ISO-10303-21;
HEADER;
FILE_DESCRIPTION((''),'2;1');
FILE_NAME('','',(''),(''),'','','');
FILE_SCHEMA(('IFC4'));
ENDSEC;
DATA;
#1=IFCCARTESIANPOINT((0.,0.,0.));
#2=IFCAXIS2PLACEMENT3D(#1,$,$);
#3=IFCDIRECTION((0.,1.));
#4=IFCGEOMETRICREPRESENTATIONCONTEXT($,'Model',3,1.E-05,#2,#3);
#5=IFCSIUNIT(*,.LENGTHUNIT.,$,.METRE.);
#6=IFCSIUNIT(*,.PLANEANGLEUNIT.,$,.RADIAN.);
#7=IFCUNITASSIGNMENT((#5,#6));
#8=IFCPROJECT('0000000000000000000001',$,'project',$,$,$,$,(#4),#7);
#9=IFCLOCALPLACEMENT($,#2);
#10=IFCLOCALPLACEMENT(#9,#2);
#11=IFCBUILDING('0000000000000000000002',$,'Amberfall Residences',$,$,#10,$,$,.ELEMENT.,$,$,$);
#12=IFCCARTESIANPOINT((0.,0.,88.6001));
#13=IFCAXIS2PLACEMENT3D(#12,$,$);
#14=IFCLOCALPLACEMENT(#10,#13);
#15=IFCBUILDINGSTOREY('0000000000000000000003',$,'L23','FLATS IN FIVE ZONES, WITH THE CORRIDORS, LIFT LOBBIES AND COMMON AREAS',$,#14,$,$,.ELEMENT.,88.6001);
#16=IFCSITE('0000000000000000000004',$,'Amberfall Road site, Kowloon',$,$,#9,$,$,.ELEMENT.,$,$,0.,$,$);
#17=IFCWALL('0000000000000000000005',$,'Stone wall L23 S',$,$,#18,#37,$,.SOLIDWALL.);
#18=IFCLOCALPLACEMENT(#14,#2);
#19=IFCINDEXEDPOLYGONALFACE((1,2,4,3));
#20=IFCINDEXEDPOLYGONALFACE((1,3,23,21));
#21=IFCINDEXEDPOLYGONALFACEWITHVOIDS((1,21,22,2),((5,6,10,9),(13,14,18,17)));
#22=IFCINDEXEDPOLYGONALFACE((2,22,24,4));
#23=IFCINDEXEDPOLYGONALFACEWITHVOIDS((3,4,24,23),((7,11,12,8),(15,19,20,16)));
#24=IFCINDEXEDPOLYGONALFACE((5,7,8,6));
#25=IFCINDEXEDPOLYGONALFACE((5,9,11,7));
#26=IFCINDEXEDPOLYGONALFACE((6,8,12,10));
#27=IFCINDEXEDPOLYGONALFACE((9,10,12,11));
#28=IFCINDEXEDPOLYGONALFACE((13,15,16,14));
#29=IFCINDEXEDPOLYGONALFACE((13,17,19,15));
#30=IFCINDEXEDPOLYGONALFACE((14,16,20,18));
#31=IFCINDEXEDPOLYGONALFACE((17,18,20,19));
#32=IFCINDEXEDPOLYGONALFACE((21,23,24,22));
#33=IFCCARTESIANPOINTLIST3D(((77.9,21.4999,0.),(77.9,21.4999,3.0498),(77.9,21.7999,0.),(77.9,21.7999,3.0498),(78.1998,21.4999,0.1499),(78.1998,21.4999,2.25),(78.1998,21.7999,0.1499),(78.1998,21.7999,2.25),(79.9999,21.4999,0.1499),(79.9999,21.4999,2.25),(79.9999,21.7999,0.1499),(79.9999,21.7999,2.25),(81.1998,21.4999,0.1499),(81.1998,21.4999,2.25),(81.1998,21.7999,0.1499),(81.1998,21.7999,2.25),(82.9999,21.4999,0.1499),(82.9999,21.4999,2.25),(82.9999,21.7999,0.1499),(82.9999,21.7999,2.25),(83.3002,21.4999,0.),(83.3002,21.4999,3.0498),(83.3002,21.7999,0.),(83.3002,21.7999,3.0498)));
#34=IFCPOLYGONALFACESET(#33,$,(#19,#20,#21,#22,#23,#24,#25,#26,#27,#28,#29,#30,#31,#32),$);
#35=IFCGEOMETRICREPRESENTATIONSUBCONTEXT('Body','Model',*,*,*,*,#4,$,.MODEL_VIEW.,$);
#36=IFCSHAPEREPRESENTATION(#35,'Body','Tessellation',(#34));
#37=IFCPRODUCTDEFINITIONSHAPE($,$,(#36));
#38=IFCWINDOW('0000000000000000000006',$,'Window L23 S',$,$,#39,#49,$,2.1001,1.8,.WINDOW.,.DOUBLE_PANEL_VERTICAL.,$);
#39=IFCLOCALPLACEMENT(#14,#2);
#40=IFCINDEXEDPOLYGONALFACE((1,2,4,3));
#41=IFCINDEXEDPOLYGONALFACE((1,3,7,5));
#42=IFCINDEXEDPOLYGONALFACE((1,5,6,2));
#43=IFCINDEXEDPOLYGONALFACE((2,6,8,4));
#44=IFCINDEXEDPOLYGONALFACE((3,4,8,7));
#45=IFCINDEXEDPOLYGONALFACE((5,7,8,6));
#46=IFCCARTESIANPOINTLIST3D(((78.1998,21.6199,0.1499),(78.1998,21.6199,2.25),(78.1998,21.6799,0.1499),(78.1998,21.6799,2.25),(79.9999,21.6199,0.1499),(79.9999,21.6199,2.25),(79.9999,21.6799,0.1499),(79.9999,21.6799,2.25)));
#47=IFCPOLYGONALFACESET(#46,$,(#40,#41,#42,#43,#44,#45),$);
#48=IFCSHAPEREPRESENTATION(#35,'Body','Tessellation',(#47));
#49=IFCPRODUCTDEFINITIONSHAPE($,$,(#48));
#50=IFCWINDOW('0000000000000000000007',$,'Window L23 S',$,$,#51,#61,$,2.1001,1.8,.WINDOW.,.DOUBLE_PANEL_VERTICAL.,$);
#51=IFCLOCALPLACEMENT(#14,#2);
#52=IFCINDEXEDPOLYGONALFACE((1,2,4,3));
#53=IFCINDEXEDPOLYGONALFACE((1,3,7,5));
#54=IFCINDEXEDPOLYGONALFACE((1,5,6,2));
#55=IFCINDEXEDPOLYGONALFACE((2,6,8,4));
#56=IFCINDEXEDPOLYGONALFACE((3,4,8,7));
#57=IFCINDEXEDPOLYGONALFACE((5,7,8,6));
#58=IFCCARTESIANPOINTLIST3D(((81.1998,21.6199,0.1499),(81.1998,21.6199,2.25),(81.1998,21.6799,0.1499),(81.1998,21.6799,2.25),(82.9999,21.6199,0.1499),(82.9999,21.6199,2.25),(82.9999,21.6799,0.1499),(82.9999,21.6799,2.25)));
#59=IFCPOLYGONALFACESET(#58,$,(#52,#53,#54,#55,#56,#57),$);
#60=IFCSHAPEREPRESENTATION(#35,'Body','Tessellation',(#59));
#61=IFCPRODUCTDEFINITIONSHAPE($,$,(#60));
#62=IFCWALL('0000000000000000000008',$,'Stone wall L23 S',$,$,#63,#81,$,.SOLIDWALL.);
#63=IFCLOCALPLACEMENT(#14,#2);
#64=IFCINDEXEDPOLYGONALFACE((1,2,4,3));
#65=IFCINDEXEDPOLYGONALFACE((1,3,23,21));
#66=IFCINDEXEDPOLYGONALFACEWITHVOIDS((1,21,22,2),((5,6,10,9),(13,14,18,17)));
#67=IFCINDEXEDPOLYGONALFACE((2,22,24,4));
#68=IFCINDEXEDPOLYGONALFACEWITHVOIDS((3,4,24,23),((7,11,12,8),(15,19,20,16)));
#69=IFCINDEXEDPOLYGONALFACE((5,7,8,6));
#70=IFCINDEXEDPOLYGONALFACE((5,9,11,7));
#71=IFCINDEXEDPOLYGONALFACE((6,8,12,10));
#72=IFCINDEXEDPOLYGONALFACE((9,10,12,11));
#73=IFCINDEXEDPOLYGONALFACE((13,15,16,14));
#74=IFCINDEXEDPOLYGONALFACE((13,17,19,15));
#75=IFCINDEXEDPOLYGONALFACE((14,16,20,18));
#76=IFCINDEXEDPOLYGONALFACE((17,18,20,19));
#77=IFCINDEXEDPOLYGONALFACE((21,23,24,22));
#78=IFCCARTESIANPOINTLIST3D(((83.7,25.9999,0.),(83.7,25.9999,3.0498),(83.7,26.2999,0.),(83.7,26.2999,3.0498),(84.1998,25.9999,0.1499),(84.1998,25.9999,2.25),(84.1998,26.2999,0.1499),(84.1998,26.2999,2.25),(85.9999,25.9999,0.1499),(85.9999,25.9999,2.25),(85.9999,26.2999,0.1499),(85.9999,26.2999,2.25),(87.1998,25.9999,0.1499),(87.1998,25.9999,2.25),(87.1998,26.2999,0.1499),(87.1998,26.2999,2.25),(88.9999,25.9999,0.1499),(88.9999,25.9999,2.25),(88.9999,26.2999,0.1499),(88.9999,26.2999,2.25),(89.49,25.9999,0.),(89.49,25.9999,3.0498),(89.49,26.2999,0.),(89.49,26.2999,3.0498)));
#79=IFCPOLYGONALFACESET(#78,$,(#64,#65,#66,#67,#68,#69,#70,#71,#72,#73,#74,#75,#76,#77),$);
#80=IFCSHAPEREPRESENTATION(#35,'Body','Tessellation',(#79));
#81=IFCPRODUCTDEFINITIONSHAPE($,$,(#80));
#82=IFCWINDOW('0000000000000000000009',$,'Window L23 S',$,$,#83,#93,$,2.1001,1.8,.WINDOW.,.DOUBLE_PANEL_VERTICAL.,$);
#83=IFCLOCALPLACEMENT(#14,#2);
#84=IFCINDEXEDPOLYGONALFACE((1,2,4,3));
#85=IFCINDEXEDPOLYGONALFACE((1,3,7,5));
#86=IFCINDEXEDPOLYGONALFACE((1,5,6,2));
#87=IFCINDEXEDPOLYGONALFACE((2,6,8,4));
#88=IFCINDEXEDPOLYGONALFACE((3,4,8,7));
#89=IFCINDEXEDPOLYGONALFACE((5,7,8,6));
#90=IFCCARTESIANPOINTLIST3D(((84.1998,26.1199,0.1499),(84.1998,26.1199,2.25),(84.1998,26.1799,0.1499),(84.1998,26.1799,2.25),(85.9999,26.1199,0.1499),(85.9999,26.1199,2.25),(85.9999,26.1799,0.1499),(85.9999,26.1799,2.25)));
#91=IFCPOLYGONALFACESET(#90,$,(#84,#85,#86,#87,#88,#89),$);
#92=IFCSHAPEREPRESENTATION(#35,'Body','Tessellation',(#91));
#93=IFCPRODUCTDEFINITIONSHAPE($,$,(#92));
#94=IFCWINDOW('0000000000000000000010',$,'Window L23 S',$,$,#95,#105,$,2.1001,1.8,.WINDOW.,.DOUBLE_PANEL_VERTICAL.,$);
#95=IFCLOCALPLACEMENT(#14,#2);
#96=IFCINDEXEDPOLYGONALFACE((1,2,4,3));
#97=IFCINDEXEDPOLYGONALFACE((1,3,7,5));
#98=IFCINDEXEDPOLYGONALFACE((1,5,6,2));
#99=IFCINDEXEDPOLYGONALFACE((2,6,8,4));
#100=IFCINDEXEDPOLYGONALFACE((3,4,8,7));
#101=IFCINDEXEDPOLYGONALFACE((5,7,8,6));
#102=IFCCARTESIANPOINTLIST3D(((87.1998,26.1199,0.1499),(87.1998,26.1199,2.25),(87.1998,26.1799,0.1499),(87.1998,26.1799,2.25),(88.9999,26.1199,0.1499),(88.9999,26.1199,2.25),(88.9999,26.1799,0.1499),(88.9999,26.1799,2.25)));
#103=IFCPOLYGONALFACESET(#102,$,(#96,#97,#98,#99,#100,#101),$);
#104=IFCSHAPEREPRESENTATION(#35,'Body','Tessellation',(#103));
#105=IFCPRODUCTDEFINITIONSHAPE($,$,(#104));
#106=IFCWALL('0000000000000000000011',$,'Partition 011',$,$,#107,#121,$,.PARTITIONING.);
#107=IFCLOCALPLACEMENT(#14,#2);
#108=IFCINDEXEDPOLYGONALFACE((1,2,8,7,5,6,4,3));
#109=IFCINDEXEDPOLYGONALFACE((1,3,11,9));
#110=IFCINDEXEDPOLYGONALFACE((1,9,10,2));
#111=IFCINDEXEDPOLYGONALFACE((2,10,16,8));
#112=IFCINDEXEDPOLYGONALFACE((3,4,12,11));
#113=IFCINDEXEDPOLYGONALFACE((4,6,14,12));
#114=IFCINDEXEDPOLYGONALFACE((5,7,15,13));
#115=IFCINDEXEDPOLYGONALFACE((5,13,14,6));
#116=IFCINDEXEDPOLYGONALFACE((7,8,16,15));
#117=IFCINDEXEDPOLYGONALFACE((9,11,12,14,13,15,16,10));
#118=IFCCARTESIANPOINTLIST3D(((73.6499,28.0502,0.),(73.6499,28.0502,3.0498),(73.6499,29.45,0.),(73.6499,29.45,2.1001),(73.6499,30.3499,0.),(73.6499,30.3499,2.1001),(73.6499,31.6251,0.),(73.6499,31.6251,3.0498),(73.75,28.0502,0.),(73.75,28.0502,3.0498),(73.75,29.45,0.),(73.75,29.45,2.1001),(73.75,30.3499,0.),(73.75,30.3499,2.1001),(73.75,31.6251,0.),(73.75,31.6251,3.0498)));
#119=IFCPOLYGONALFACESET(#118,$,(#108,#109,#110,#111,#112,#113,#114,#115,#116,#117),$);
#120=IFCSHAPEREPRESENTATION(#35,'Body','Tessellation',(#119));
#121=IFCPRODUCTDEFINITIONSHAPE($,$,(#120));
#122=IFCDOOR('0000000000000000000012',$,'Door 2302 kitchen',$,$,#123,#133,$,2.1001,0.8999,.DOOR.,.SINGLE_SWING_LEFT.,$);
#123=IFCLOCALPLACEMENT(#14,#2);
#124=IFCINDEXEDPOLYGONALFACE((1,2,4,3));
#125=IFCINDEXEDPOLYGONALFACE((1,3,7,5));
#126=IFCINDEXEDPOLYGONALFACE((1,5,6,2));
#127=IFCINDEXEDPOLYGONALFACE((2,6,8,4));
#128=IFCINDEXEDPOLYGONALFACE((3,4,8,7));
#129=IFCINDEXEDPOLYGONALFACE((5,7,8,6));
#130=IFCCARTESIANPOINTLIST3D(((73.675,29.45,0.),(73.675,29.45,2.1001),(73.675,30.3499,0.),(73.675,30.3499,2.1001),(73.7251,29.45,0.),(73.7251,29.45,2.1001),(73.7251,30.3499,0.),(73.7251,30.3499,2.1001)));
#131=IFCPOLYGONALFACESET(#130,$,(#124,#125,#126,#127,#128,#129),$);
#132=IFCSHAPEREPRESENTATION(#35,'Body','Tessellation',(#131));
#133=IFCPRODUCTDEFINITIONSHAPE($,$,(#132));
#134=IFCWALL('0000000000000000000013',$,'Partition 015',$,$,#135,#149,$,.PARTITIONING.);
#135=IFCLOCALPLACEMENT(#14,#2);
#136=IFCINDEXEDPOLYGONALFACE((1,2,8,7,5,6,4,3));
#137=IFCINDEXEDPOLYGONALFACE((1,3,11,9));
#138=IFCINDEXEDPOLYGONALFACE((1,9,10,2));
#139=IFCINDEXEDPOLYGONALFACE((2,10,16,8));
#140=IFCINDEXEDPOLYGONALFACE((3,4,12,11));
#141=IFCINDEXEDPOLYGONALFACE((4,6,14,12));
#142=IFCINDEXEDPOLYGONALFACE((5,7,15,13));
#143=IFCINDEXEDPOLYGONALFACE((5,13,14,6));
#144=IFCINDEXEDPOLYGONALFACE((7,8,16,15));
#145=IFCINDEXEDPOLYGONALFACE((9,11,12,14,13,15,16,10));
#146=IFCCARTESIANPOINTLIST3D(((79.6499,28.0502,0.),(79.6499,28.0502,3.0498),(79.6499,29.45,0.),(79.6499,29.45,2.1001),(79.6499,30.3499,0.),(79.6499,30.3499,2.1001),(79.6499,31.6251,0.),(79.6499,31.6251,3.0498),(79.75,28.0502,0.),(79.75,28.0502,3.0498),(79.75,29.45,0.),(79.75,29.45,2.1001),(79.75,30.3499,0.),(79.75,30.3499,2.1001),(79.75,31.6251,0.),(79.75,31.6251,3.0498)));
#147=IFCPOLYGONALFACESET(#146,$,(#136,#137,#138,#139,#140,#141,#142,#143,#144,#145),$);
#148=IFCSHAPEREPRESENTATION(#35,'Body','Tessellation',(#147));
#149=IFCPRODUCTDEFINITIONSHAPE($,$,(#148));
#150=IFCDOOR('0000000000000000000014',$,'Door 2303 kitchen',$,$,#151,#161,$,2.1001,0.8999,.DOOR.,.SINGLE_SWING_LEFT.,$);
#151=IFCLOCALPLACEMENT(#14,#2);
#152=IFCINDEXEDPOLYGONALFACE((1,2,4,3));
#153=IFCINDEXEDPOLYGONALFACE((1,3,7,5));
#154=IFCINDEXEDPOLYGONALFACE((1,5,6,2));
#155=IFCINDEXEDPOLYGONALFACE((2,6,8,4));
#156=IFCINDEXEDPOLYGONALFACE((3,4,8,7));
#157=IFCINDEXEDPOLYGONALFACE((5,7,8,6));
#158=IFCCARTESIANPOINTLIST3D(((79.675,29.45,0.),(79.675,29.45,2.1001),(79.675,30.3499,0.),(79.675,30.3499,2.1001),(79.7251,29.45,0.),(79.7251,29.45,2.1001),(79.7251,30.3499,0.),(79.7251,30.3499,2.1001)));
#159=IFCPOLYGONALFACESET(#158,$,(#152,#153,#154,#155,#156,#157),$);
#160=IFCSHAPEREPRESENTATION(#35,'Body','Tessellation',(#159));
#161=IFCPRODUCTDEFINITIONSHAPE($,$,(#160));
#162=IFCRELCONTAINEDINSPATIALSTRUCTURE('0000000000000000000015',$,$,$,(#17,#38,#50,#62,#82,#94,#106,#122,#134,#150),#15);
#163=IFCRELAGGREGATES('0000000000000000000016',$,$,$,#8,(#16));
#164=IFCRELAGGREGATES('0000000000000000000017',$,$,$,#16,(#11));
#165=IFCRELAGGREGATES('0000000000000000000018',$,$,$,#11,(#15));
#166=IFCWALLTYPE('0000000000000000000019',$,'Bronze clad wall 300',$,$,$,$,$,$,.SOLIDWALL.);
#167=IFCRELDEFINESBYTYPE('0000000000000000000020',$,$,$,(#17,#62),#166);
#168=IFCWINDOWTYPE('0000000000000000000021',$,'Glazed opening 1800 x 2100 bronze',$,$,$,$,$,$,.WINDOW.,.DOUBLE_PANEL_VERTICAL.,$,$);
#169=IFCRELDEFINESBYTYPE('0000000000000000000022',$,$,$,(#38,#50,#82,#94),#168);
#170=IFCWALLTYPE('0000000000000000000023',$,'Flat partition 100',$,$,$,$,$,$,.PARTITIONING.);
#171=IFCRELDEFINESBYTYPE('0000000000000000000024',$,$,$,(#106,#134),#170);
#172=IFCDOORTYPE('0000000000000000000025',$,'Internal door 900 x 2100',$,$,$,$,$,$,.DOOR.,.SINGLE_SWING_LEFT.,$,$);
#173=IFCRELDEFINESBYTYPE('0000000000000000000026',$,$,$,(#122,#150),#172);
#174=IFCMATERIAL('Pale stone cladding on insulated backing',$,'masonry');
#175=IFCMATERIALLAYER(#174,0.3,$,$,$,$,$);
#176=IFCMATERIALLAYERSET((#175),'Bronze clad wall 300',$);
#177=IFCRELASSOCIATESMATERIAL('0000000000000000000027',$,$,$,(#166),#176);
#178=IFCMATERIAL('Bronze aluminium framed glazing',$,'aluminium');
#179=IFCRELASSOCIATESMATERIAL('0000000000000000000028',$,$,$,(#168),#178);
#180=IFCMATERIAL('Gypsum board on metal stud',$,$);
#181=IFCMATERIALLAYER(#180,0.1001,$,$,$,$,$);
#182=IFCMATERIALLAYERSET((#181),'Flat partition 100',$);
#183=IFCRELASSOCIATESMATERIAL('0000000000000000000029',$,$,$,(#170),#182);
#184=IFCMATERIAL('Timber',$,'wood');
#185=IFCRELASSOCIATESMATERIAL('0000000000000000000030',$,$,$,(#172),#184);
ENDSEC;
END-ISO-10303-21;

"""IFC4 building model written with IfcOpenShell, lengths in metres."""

from ifc_helpers import new_model, si_unit, direction, frame, frame_2d, origin, place, context, subcontext, project, spatial, rectangle, extrude, material, layer, layer_set, type_object, element, fill, save


model = new_model("IFC4")

# Units and contexts
model_context = context("Model", 3, precision=1e-05, world=origin(), true_north=direction((0.0, 1.0)))
body_context = subcontext(model_context, "Body", "Model", "MODEL_VIEW")
ifc_project = project(units=[si_unit("LENGTHUNIT", "METRE"), si_unit("PLANEANGLEUNIT", "RADIAN")], contexts=[model_context])

# Site, building, storey
site_placement = place(None, origin())
site = spatial("IfcSite", under=ifc_project, at=site_placement, Name="Amberfall Road site, Kowloon", CompositionType="ELEMENT", RefElevation=0.0)
building_placement = place(site_placement, origin())
building = spatial("IfcBuilding", under=site, at=building_placement, Name="Amberfall Residences", CompositionType="ELEMENT")
storey_placement = place(building_placement, frame((0.0, 0.0, 88.6001)))
storey = spatial("IfcBuildingStorey", under=building, at=storey_placement, Name="L23", Description="FLATS IN FIVE ZONES, WITH THE CORRIDORS, LIFT LOBBIES AND COMMON AREAS", CompositionType="ELEMENT", Elevation=88.6001)

# Shared definitions
ifc_material_1 = material(Name="Pale stone cladding on insulated backing", Category="masonry")
ifc_layer_1 = layer(ifc_material_1, 0.3)
ifc_layer_set_1 = layer_set([ifc_layer_1], Name="Bronze clad wall 300")
wall_type_1 = type_object("IfcWallType", Name="Bronze clad wall 300", PredefinedType="SOLIDWALL", material=ifc_layer_set_1)

# Shared definitions
ifc_material_2 = material(Name="Bronze aluminium framed glazing", Category="aluminium")

# Walls, openings, windows
wall_1_placement = place(storey_placement, frame((77.8999, 21.6499, 0.0), z_axis=(0.0, 0.0, 1.0), x_axis=(1.0, 0.0, 0.0)))
wall_1 = element("IfcWall", 1, at=wall_1_placement, inside=storey, type_object=wall_type_1, Name="Stone wall L23 S", PredefinedType="SOLIDWALL", context=body_context, shape_type="SweptSolid", body=[
    extrude(rectangle(XDim=5.4001, YDim=0.3, at=frame_2d((2.7002, 0.0))), origin(), (0.0, 0.0, 1.0), 3.0498),
])
opening_1_placement = place(wall_1_placement, frame((0.3, 0.0, 0.1499)))
opening_1 = element("IfcOpeningElement", 2, at=opening_1_placement, cuts=wall_1, PredefinedType="OPENING", context=body_context, shape_type="SweptSolid", body=[
    extrude(rectangle(XDim=1.8, YDim=2.1001, at=frame_2d((0.8999, 1.05))), frame((0.0, 0.1599, 0.0), z_axis=(0.0, -1.0, 0.0), x_axis=(1.0, 0.0, 0.0)), (0.0, 0.0, 1.0), 0.3201),
])
opening_2_placement = place(wall_1_placement, frame((3.3, 0.0, 0.1499)))
opening_2 = element("IfcOpeningElement", 3, at=opening_2_placement, cuts=wall_1, PredefinedType="OPENING", context=body_context, shape_type="SweptSolid", body=[
    extrude(rectangle(XDim=1.8, YDim=2.1001, at=frame_2d((0.8999, 1.05))), frame((0.0, 0.1599, 0.0), z_axis=(0.0, -1.0, 0.0), x_axis=(1.0, 0.0, 0.0)), (0.0, 0.0, 1.0), 0.3201),
])
window_type_1 = type_object("IfcWindowType", Name="Glazed opening 1800 x 2100 bronze", PartitioningType="DOUBLE_PANEL_VERTICAL", PredefinedType="WINDOW", material=ifc_material_2)
window_1_placement = place(opening_1_placement, origin())
window_1 = element("IfcWindow", 4, at=window_1_placement, inside=storey, type_object=window_type_1, Name="Window L23 S", OverallHeight=2.1001, OverallWidth=1.8, PartitioningType="DOUBLE_PANEL_VERTICAL", PredefinedType="WINDOW", context=body_context, shape_type="SweptSolid", body=[
    extrude(rectangle(XDim=1.8, YDim=2.1001, at=frame_2d((0.8999, 1.05))), frame((0.0, 0.03, 0.0), z_axis=(0.0, -1.0, 0.0), x_axis=(1.0, 0.0, 0.0)), (0.0, 0.0, 1.0), 0.0601),
])
fill(opening_1, window_1)
window_2_placement = place(opening_2_placement, origin())
window_2 = element("IfcWindow", 5, at=window_2_placement, inside=storey, type_object=window_type_1, Name="Window L23 S", OverallHeight=2.1001, OverallWidth=1.8, PartitioningType="DOUBLE_PANEL_VERTICAL", PredefinedType="WINDOW", context=body_context, shape_type="SweptSolid", body=[
    extrude(rectangle(XDim=1.8, YDim=2.1001, at=frame_2d((0.8999, 1.05))), frame((0.0, 0.03, 0.0), z_axis=(0.0, -1.0, 0.0), x_axis=(1.0, 0.0, 0.0)), (0.0, 0.0, 1.0), 0.0601),
])
fill(opening_2, window_2)
wall_2_placement = place(storey_placement, frame((83.7, 26.1499, 0.0), z_axis=(0.0, 0.0, 1.0), x_axis=(1.0, 0.0, 0.0)))
wall_2 = element("IfcWall", 6, at=wall_2_placement, inside=storey, type_object=wall_type_1, Name="Stone wall L23 S", PredefinedType="SOLIDWALL", context=body_context, shape_type="SweptSolid", body=[
    extrude(rectangle(XDim=5.79, YDim=0.3, at=frame_2d((2.895, 0.0))), origin(), (0.0, 0.0, 1.0), 3.0498),
])
opening_3_placement = place(wall_2_placement, frame((0.5, 0.0, 0.1499)))
opening_3 = element("IfcOpeningElement", 7, at=opening_3_placement, cuts=wall_2, PredefinedType="OPENING", context=body_context, shape_type="SweptSolid", body=[
    extrude(rectangle(XDim=1.8, YDim=2.1001, at=frame_2d((0.8999, 1.05))), frame((0.0, 0.1599, 0.0), z_axis=(0.0, -1.0, 0.0), x_axis=(1.0, 0.0, 0.0)), (0.0, 0.0, 1.0), 0.3201),
])
opening_4_placement = place(wall_2_placement, frame((3.5, 0.0, 0.1499)))
opening_4 = element("IfcOpeningElement", 8, at=opening_4_placement, cuts=wall_2, PredefinedType="OPENING", context=body_context, shape_type="SweptSolid", body=[
    extrude(rectangle(XDim=1.8, YDim=2.1001, at=frame_2d((0.8999, 1.05))), frame((0.0, 0.1599, 0.0), z_axis=(0.0, -1.0, 0.0), x_axis=(1.0, 0.0, 0.0)), (0.0, 0.0, 1.0), 0.3201),
])
window_3_placement = place(opening_3_placement, origin())
window_3 = element("IfcWindow", 9, at=window_3_placement, inside=storey, type_object=window_type_1, Name="Window L23 S", OverallHeight=2.1001, OverallWidth=1.8, PartitioningType="DOUBLE_PANEL_VERTICAL", PredefinedType="WINDOW", context=body_context, shape_type="SweptSolid", body=[
    extrude(rectangle(XDim=1.8, YDim=2.1001, at=frame_2d((0.8999, 1.05))), frame((0.0, 0.03, 0.0), z_axis=(0.0, -1.0, 0.0), x_axis=(1.0, 0.0, 0.0)), (0.0, 0.0, 1.0), 0.0601),
])
fill(opening_3, window_3)
window_4_placement = place(opening_4_placement, origin())
window_4 = element("IfcWindow", 10, at=window_4_placement, inside=storey, type_object=window_type_1, Name="Window L23 S", OverallHeight=2.1001, OverallWidth=1.8, PartitioningType="DOUBLE_PANEL_VERTICAL", PredefinedType="WINDOW", context=body_context, shape_type="SweptSolid", body=[
    extrude(rectangle(XDim=1.8, YDim=2.1001, at=frame_2d((0.8999, 1.05))), frame((0.0, 0.03, 0.0), z_axis=(0.0, -1.0, 0.0), x_axis=(1.0, 0.0, 0.0)), (0.0, 0.0, 1.0), 0.0601),
])
fill(opening_4, window_4)

# Walls, openings, doors
ifc_material_3 = material(Name="Gypsum board on metal stud")
ifc_layer_2 = layer(ifc_material_3, 0.1001)
ifc_layer_set_2 = layer_set([ifc_layer_2], Name="Flat partition 100")
wall_type_2 = type_object("IfcWallType", Name="Flat partition 100", PredefinedType="PARTITIONING", material=ifc_layer_set_2)
wall_3_placement = place(storey_placement, frame((73.7, 28.05, 0.0), z_axis=(0.0, 0.0, 1.0), x_axis=(0.0, 1.0, 0.0)))
wall_3 = element("IfcWall", 11, at=wall_3_placement, inside=storey, type_object=wall_type_2, Name="Partition 011", PredefinedType="PARTITIONING", context=body_context, shape_type="SweptSolid", body=[
    extrude(rectangle(XDim=3.575, YDim=0.1001, at=frame_2d((1.7876, 0.0))), origin(), (0.0, 0.0, 1.0), 3.0498),
])
opening_5_placement = place(wall_3_placement, frame((1.3999, 0.0, 0.0)))
opening_5 = element("IfcOpeningElement", 12, at=opening_5_placement, cuts=wall_3, PredefinedType="OPENING", context=body_context, shape_type="SweptSolid", body=[
    extrude(rectangle(XDim=0.8999, YDim=2.1001, at=frame_2d((0.45, 1.05))), frame((0.0, 0.0601, 0.0), z_axis=(0.0, -1.0, 0.0), x_axis=(1.0, 0.0, 0.0)), (0.0, 0.0, 1.0), 0.1201),
])
ifc_material_4 = material(Name="Timber", Category="wood")
door_type = type_object("IfcDoorType", Name="Internal door 900 x 2100", OperationType="SINGLE_SWING_LEFT", PredefinedType="DOOR", material=ifc_material_4)
door_1_placement = place(opening_5_placement, origin())
door_1 = element("IfcDoor", 13, at=door_1_placement, inside=storey, type_object=door_type, Name="Door 2302 kitchen", OperationType="SINGLE_SWING_LEFT", OverallHeight=2.1001, OverallWidth=0.8999, PredefinedType="DOOR", context=body_context, shape_type="SweptSolid", body=[
    extrude(rectangle(XDim=0.8999, YDim=2.1001, at=frame_2d((0.45, 1.05))), frame((0.0, 0.0249, 0.0), z_axis=(0.0, -1.0, 0.0), x_axis=(1.0, 0.0, 0.0)), (0.0, 0.0, 1.0), 0.05),
])
fill(opening_5, door_1)
wall_4_placement = place(storey_placement, frame((79.7, 28.05, 0.0), z_axis=(0.0, 0.0, 1.0), x_axis=(0.0, 1.0, 0.0)))
wall_4 = element("IfcWall", 14, at=wall_4_placement, inside=storey, type_object=wall_type_2, Name="Partition 015", PredefinedType="PARTITIONING", context=body_context, shape_type="SweptSolid", body=[
    extrude(rectangle(XDim=3.575, YDim=0.1001, at=frame_2d((1.7876, 0.0))), origin(), (0.0, 0.0, 1.0), 3.0498),
])
opening_6_placement = place(wall_4_placement, frame((1.3999, 0.0, 0.0)))
opening_6 = element("IfcOpeningElement", 15, at=opening_6_placement, cuts=wall_4, PredefinedType="OPENING", context=body_context, shape_type="SweptSolid", body=[
    extrude(rectangle(XDim=0.8999, YDim=2.1001, at=frame_2d((0.45, 1.05))), frame((0.0, 0.0601, 0.0), z_axis=(0.0, -1.0, 0.0), x_axis=(1.0, 0.0, 0.0)), (0.0, 0.0, 1.0), 0.1201),
])
door_2_placement = place(opening_6_placement, origin())
door_2 = element("IfcDoor", 16, at=door_2_placement, inside=storey, type_object=door_type, Name="Door 2303 kitchen", OperationType="SINGLE_SWING_LEFT", OverallHeight=2.1001, OverallWidth=0.8999, PredefinedType="DOOR", context=body_context, shape_type="SweptSolid", body=[
    extrude(rectangle(XDim=0.8999, YDim=2.1001, at=frame_2d((0.45, 1.05))), frame((0.0, 0.0249, 0.0), z_axis=(0.0, -1.0, 0.0), x_axis=(1.0, 0.0, 0.0)), (0.0, 0.0, 1.0), 0.05),
])
fill(opening_6, door_2)

save(model, "model.ifc")
